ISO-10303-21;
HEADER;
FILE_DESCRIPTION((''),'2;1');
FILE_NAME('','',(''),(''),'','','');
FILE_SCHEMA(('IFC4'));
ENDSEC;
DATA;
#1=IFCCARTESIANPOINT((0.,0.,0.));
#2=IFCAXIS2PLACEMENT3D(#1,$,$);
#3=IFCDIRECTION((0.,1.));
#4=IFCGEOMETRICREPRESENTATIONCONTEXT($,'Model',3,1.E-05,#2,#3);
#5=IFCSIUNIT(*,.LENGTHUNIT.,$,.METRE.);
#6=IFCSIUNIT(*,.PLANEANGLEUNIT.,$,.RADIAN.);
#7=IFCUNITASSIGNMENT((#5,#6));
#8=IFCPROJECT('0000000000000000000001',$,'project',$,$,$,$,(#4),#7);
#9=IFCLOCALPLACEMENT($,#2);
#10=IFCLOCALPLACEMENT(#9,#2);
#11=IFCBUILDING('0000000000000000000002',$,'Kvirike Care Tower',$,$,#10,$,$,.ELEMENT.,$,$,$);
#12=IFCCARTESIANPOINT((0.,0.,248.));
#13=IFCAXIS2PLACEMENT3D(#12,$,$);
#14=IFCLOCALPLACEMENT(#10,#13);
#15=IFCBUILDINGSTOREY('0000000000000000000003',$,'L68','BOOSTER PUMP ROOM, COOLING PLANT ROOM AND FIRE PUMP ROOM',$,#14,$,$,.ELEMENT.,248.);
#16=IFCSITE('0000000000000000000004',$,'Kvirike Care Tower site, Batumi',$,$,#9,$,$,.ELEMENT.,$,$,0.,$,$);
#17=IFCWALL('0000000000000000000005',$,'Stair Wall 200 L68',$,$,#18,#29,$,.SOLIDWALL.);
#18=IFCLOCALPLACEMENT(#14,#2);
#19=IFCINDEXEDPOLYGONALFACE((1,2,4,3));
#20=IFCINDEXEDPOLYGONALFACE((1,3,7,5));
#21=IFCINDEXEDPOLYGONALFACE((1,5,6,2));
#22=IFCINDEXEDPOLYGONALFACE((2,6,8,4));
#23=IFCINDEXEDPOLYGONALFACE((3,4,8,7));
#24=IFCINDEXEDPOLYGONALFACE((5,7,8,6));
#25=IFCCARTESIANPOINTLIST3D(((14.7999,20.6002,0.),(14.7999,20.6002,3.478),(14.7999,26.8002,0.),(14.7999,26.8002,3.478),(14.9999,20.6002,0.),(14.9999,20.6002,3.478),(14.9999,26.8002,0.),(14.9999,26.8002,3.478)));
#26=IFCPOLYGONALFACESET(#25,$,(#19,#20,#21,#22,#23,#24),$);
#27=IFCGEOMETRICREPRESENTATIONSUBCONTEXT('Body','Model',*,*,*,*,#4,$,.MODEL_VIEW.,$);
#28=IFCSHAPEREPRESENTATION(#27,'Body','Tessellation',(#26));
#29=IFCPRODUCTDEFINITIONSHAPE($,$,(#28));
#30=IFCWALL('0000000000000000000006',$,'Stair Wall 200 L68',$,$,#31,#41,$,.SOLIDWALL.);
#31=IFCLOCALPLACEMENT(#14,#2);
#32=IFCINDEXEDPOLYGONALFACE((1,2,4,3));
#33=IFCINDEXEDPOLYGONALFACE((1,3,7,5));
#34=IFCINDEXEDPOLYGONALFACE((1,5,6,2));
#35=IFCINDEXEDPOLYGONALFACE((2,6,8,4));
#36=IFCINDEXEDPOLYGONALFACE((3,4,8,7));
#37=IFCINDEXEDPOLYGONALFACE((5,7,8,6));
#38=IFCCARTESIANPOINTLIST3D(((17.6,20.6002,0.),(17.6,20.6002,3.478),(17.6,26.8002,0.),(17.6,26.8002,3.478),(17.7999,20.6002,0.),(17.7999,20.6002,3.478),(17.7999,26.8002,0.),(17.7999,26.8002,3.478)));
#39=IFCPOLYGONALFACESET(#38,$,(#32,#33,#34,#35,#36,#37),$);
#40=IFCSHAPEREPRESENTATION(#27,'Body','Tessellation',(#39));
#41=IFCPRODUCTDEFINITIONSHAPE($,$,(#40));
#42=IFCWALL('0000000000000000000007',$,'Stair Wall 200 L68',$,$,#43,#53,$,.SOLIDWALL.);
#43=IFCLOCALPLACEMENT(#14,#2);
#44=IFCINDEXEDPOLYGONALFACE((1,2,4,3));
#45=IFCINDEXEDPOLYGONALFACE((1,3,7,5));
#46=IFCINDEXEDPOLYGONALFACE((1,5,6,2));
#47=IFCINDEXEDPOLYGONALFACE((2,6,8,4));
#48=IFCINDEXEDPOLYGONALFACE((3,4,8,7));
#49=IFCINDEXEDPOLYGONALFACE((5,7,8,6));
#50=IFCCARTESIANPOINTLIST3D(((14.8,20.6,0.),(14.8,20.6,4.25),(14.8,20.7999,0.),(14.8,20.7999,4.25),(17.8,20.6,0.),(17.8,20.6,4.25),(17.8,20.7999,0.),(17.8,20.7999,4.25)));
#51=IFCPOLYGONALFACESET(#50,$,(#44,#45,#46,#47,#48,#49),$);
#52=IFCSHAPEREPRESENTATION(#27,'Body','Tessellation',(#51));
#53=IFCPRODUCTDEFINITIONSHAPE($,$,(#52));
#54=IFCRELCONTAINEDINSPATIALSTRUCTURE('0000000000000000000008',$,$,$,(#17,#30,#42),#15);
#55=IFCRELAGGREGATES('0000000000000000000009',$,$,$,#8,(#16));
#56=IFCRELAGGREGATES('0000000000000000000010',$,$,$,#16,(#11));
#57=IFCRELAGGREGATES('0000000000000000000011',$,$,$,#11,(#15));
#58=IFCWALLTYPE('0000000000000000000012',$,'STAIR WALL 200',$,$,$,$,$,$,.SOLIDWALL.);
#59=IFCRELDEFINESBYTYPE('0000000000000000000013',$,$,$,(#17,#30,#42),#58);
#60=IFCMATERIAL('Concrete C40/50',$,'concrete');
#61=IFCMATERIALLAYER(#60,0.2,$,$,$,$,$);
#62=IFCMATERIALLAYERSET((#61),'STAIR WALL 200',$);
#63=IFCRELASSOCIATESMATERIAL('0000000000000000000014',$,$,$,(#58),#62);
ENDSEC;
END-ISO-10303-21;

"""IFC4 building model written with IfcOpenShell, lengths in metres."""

from ifc_helpers import new_model, si_unit, direction, frame, frame_2d, origin, place, context, subcontext, project, spatial, rectangle, extrude, material, layer, layer_set, type_object, element, save


model = new_model("IFC4")

# Units and contexts
model_context = context("Model", 3, precision=1e-05, world=origin(), true_north=direction((0.0, 1.0)))
body_context = subcontext(model_context, "Body", "Model", "MODEL_VIEW")
ifc_project = project(units=[si_unit("LENGTHUNIT", "METRE"), si_unit("PLANEANGLEUNIT", "RADIAN")], contexts=[model_context])

# Site, building, storey
site_placement = place(None, origin())
site = spatial("IfcSite", under=ifc_project, at=site_placement, Name="Kvirike Care Tower site, Batumi", CompositionType="ELEMENT", RefElevation=0.0)
building_placement = place(site_placement, origin())
building = spatial("IfcBuilding", under=site, at=building_placement, Name="Kvirike Care Tower", CompositionType="ELEMENT")
storey_placement = place(building_placement, frame((0.0, 0.0, 248.0)))
storey = spatial("IfcBuildingStorey", under=building, at=storey_placement, Name="L68", Description="BOOSTER PUMP ROOM, COOLING PLANT ROOM AND FIRE PUMP ROOM", CompositionType="ELEMENT", Elevation=248.0)

# Walls
ifc_material_1 = material(Name="Concrete C40/50", Category="concrete")
ifc_layer_1 = layer(ifc_material_1, 0.2)
ifc_layer_set_1 = layer_set([ifc_layer_1], Name="STAIR WALL 200")
wall_type = type_object("IfcWallType", Name="STAIR WALL 200", PredefinedType="SOLIDWALL", material=ifc_layer_set_1)
for number, where, z_axis, x_axis, name in (
    (1, (14.8999, 20.6001, 0.0), (0.0, 0.0, 1.0), (0.0, 1.0, 0.0), "Stair Wall 200 L68"),
    (2, (17.7, 20.6001, 0.0), (0.0, 0.0, 1.0), (0.0, 1.0, 0.0), "Stair Wall 200 L68"),
):
    element("IfcWall", number, at=place(storey_placement, frame(where, z_axis=z_axis, x_axis=x_axis)), inside=storey, type_object=wall_type, Name=name, PredefinedType="SOLIDWALL", context=body_context, shape_type="SweptSolid", body=[
        extrude(rectangle(XDim=6.2, YDim=0.2, at=frame_2d((3.1001, 0.0))), origin(), (0.0, 0.0, 1.0), 3.478),
    ])
wall_placement = place(storey_placement, frame((14.8, 20.7, 0.0), z_axis=(0.0, 0.0, 1.0), x_axis=(1.0, 0.0, 0.0)))
element("IfcWall", 3, at=wall_placement, inside=storey, type_object=wall_type, Name="Stair Wall 200 L68", PredefinedType="SOLIDWALL", context=body_context, shape_type="SweptSolid", body=[
    extrude(rectangle(XDim=3.0, YDim=0.2, at=frame_2d((1.5, 0.0))), origin(), (0.0, 0.0, 1.0), 4.25),
])

save(model, "model.ifc")
